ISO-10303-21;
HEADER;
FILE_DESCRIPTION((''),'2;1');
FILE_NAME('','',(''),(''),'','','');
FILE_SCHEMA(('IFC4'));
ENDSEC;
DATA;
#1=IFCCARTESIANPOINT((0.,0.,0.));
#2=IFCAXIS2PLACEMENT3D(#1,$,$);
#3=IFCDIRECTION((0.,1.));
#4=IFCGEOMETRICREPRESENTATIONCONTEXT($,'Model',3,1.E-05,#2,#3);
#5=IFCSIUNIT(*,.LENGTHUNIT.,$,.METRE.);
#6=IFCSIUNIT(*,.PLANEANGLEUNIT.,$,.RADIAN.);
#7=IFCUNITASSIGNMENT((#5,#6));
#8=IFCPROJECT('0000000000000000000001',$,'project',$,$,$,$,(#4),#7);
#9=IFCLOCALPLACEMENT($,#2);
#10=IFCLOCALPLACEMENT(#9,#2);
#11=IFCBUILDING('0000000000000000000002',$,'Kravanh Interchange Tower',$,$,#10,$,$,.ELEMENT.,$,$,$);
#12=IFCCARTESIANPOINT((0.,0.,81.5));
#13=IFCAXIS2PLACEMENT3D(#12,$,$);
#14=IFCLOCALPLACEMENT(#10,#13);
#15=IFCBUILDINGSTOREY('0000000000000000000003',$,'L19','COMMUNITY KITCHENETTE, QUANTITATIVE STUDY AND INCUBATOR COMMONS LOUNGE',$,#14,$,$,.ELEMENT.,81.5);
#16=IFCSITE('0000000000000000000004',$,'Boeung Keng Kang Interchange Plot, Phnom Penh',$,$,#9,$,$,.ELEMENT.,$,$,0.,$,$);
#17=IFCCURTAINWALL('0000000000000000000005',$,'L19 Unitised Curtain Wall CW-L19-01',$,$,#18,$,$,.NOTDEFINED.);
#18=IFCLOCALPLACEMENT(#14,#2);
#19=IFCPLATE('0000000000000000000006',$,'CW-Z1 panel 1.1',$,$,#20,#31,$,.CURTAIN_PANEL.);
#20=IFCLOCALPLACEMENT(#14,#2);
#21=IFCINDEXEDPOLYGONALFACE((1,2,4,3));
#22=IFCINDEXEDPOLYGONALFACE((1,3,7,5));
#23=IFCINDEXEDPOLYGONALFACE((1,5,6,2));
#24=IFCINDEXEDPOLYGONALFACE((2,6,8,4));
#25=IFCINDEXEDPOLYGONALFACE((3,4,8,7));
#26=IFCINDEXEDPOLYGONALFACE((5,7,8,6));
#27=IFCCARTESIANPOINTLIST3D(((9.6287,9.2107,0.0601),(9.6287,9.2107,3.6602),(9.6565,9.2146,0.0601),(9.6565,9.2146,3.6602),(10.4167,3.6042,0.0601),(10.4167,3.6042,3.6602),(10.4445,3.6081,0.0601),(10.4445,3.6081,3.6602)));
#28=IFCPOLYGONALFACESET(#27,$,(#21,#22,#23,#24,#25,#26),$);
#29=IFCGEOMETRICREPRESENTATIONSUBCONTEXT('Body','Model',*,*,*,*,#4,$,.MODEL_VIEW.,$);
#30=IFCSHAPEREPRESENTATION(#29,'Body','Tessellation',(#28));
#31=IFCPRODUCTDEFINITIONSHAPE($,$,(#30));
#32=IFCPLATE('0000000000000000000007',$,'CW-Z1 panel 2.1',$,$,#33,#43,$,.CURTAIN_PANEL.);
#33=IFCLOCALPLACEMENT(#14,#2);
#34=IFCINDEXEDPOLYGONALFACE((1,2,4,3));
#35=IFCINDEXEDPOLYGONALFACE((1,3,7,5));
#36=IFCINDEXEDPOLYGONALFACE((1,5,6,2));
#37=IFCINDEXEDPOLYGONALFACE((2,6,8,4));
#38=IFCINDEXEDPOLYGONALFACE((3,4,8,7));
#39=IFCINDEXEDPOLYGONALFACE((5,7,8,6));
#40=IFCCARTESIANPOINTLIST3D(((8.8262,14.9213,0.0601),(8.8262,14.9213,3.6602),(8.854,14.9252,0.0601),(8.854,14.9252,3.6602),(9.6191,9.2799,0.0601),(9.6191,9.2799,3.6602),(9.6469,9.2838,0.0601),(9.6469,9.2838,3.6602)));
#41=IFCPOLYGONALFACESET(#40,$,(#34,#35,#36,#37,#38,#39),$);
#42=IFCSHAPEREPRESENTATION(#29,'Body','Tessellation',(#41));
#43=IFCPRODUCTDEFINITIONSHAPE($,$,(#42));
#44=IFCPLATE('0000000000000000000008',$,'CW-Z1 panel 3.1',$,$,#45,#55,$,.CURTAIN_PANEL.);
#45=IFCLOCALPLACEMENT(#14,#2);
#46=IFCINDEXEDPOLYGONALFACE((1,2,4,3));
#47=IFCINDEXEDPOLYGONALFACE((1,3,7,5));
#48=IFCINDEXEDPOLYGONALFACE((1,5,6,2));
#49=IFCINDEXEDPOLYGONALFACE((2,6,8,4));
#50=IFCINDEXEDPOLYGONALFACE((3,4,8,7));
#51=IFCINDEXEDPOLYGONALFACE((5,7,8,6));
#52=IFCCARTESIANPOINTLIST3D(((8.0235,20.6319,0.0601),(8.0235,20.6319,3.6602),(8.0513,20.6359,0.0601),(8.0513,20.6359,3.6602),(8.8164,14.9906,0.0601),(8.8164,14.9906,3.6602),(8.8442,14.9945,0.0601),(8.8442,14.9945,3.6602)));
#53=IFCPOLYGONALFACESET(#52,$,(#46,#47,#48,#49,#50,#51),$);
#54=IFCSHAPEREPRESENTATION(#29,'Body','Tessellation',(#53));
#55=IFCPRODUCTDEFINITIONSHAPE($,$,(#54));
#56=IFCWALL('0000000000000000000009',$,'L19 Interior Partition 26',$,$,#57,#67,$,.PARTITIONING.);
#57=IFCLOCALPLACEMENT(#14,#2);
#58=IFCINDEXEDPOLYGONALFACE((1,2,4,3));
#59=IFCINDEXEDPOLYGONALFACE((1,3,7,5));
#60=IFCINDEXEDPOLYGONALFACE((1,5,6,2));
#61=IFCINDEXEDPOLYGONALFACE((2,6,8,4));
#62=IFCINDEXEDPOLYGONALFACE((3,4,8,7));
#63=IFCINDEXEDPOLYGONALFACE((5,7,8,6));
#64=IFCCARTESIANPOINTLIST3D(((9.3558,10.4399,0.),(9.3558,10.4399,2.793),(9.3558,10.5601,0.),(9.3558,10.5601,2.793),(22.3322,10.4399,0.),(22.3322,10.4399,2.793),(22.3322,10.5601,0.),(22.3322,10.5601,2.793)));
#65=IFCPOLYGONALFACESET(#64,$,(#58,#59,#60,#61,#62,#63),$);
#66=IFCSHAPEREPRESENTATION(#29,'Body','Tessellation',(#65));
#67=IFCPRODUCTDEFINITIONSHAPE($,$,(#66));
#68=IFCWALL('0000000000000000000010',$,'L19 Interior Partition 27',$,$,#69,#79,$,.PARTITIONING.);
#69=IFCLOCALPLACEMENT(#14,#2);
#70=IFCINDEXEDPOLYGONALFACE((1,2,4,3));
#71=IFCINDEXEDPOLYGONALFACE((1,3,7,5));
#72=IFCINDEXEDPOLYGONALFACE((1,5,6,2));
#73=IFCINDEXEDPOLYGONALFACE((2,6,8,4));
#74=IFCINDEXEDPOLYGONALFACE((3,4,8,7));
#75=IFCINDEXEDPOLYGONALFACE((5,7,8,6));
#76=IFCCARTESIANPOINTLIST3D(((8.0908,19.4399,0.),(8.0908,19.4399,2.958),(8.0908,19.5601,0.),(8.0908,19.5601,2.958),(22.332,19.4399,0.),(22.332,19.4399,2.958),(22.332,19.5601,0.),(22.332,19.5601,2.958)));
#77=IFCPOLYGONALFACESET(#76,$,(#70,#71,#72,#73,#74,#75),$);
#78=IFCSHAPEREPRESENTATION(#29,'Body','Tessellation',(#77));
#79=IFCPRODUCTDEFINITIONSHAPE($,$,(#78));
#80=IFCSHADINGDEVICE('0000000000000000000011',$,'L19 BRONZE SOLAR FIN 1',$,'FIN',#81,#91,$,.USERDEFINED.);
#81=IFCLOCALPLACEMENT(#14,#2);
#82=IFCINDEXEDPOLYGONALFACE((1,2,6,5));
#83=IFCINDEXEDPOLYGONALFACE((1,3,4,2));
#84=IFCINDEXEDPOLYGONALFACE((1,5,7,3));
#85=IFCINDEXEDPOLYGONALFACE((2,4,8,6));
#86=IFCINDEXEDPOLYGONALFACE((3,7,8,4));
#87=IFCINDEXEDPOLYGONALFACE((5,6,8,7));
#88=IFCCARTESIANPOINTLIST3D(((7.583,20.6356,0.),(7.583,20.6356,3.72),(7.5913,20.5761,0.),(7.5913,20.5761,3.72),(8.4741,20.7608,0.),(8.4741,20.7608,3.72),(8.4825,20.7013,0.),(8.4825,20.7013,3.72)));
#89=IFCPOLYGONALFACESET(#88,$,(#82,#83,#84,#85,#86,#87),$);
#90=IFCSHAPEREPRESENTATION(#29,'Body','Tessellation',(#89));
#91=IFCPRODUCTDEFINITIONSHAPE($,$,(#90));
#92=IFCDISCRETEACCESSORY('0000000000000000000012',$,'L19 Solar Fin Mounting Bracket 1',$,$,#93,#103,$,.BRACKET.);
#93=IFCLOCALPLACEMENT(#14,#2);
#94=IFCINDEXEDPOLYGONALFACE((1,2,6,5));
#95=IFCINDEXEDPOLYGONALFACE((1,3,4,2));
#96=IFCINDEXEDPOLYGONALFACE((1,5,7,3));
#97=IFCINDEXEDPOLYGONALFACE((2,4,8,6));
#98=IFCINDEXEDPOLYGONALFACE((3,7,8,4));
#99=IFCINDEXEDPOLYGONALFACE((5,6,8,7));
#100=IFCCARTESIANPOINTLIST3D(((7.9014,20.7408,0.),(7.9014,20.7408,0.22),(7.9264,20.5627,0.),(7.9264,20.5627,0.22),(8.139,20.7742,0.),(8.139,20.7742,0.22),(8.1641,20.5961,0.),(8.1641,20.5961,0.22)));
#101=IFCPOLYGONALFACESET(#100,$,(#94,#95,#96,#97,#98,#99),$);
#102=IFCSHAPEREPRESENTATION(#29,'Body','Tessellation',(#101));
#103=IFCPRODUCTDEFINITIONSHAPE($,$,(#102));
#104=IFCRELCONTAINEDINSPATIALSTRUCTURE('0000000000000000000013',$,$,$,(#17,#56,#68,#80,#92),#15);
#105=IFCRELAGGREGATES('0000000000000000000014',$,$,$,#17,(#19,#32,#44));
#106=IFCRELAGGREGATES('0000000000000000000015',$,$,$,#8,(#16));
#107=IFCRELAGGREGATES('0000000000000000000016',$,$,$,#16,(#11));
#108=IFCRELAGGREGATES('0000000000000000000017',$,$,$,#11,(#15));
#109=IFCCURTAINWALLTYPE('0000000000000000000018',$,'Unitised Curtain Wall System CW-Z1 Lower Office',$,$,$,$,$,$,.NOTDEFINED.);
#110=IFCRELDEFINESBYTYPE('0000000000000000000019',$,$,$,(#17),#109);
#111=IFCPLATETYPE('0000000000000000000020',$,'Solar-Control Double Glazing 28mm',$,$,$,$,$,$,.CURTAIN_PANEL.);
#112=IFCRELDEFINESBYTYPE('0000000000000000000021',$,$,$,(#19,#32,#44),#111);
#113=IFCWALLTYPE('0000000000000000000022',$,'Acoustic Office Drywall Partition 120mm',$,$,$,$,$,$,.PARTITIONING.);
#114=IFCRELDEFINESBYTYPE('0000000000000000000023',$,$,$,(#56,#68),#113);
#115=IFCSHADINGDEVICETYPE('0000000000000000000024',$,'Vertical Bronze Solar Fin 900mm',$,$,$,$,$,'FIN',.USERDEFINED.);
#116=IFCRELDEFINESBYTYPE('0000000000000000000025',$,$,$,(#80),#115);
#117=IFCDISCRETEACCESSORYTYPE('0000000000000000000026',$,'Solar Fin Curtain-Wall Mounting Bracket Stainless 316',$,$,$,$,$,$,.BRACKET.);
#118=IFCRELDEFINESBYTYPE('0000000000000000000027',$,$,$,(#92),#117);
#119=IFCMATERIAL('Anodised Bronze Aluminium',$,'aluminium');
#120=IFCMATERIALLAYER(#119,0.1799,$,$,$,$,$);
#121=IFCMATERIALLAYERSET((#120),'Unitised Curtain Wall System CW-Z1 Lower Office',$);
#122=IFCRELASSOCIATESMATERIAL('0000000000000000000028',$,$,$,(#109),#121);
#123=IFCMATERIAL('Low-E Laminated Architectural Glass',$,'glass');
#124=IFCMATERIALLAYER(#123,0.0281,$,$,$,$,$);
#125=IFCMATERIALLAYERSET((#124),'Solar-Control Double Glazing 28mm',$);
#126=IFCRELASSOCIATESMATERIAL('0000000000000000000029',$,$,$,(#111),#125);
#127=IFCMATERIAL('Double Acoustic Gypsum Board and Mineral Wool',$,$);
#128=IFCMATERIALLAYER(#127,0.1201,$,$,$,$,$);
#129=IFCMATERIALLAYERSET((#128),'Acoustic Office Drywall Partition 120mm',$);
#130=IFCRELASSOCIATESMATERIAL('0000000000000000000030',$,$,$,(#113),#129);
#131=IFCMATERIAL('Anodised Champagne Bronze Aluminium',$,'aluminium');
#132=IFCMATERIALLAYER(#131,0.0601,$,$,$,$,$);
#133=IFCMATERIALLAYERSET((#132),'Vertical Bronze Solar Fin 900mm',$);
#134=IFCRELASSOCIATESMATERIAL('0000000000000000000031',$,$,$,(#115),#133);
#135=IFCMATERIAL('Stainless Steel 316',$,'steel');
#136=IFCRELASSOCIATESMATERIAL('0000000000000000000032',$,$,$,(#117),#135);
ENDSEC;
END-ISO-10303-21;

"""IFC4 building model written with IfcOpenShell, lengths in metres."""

from ifc_helpers import new_model, si_unit, direction, frame, frame_2d, origin, origin_2d, place, context, subcontext, project, spatial, rectangle, extrude, material, layer, layer_set, type_object, element, aggregate, save


model = new_model("IFC4")

# Units and contexts
model_context = context("Model", 3, precision=1e-05, world=origin(), true_north=direction((0.0, 1.0)))
body_context = subcontext(model_context, "Body", "Model", "MODEL_VIEW")
ifc_project = project(units=[si_unit("LENGTHUNIT", "METRE"), si_unit("PLANEANGLEUNIT", "RADIAN")], contexts=[model_context])

# Site, building, storey
site_placement = place(None, origin())
site = spatial("IfcSite", under=ifc_project, at=site_placement, Name="Boeung Keng Kang Interchange Plot, Phnom Penh", CompositionType="ELEMENT", RefElevation=0.0)
building_placement = place(site_placement, origin())
building = spatial("IfcBuilding", under=site, at=building_placement, Name="Kravanh Interchange Tower", CompositionType="ELEMENT")
storey_placement = place(building_placement, frame((0.0, 0.0, 81.5)))
storey = spatial("IfcBuildingStorey", under=building, at=storey_placement, Name="L19", Description="COMMUNITY KITCHENETTE, QUANTITATIVE STUDY AND INCUBATOR COMMONS LOUNGE", CompositionType="ELEMENT", Elevation=81.5)

# Curtain wall
ifc_material_1 = material(Name="Anodised Bronze Aluminium", Category="aluminium")
ifc_layer_1 = layer(ifc_material_1, 0.1799)
ifc_layer_set_1 = layer_set([ifc_layer_1], Name="Unitised Curtain Wall System CW-Z1 Lower Office")
curtain_wall_type = type_object("IfcCurtainWallType", Name="Unitised Curtain Wall System CW-Z1 Lower Office", PredefinedType="NOTDEFINED", material=ifc_layer_set_1)
curtain_wall_placement = place(storey_placement, origin())
curtain_wall = element("IfcCurtainWall", 1, at=curtain_wall_placement, inside=storey, type_object=curtain_wall_type, Name="L19 Unitised Curtain Wall CW-L19-01", PredefinedType="NOTDEFINED")

# Plates
ifc_material_2 = material(Name="Low-E Laminated Architectural Glass", Category="glass")
ifc_layer_2 = layer(ifc_material_2, 0.0281)
ifc_layer_set_2 = layer_set([ifc_layer_2], Name="Solar-Control Double Glazing 28mm")
plate_type = type_object("IfcPlateType", Name="Solar-Control Double Glazing 28mm", PredefinedType="CURTAIN_PANEL", material=ifc_layer_set_2)
plate_1_placement = place(storey_placement, frame((10.0366, 6.4094, 0.0601), z_axis=(0.0, 0.0, 1.0), x_axis=(-0.139177, 0.990268, 0.0)))
plate_1 = element("IfcPlate", 2, at=plate_1_placement, type_object=plate_type, Name="CW-Z1 panel 1.1", PredefinedType="CURTAIN_PANEL", context=body_context, shape_type="SweptSolid", body=[
    extrude(rectangle(XDim=5.6616, YDim=0.0281, at=origin_2d()), origin(), (0.0, 0.0, 1.0), 3.6001),
])
plate_2_placement = place(storey_placement, frame((9.2366, 12.1025, 0.0601), z_axis=(0.0, 0.0, 1.0), x_axis=(-0.139177, 0.990268, 0.0)))
plate_2 = element("IfcPlate", 3, at=plate_2_placement, type_object=plate_type, Name="CW-Z1 panel 2.1", PredefinedType="CURTAIN_PANEL", context=body_context, shape_type="SweptSolid", body=[
    extrude(rectangle(XDim=5.6968, YDim=0.0281, at=origin_2d()), origin(), (0.0, 0.0, 1.0), 3.6001),
])
plate_3_placement = place(storey_placement, frame((8.4338, 17.8132, 0.0601), z_axis=(0.0, 0.0, 1.0), x_axis=(-0.139177, 0.990268, 0.0)))
plate_3 = element("IfcPlate", 4, at=plate_3_placement, type_object=plate_type, Name="CW-Z1 panel 3.1", PredefinedType="CURTAIN_PANEL", context=body_context, shape_type="SweptSolid", body=[
    extrude(rectangle(XDim=5.6968, YDim=0.0281, at=origin_2d()), origin(), (0.0, 0.0, 1.0), 3.6001),
])
aggregate(curtain_wall, [plate_1, plate_2, plate_3])

# Walls
ifc_material_3 = material(Name="Double Acoustic Gypsum Board and Mineral Wool")
ifc_layer_3 = layer(ifc_material_3, 0.1201)
ifc_layer_set_3 = layer_set([ifc_layer_3], Name="Acoustic Office Drywall Partition 120mm")
wall_type = type_object("IfcWallType", Name="Acoustic Office Drywall Partition 120mm", PredefinedType="PARTITIONING", material=ifc_layer_set_3)
wall_1_placement = place(storey_placement, frame((9.3557, 10.5, 0.0), z_axis=(0.0, 0.0, 1.0), x_axis=(1.0, 0.0, 0.0)))
element("IfcWall", 5, at=wall_1_placement, inside=storey, type_object=wall_type, Name="L19 Interior Partition 26", PredefinedType="PARTITIONING", context=body_context, shape_type="SweptSolid", body=[
    extrude(rectangle(XDim=12.9763, YDim=0.1201, at=frame_2d((6.4883, 0.0))), origin(), (0.0, 0.0, 1.0), 2.793),
])
wall_2_placement = place(storey_placement, frame((8.0908, 19.5, 0.0), z_axis=(0.0, 0.0, 1.0), x_axis=(1.0, 0.0, 0.0)))
element("IfcWall", 6, at=wall_2_placement, inside=storey, type_object=wall_type, Name="L19 Interior Partition 27", PredefinedType="PARTITIONING", context=body_context, shape_type="SweptSolid", body=[
    extrude(rectangle(XDim=14.2412, YDim=0.1201, at=frame_2d((7.1206, 0.0))), origin(), (0.0, 0.0, 1.0), 2.958),
])

# Shading device
ifc_material_4 = material(Name="Anodised Champagne Bronze Aluminium", Category="aluminium")
ifc_layer_4 = layer(ifc_material_4, 0.0601)
ifc_layer_set_4 = layer_set([ifc_layer_4], Name="Vertical Bronze Solar Fin 900mm")
shading_device_type = type_object("IfcShadingDeviceType", Name="Vertical Bronze Solar Fin 900mm", ElementType="FIN", PredefinedType="USERDEFINED", material=ifc_layer_set_4)
shading_device_placement = place(storey_placement, frame((8.0327, 20.6685, 0.0), z_axis=(0.0, 0.0, 1.0), x_axis=(-0.990268, -0.139175, 0.0)))
element("IfcShadingDevice", 7, at=shading_device_placement, inside=storey, type_object=shading_device_type, Name="L19 BRONZE SOLAR FIN 1", ObjectType="FIN", PredefinedType="USERDEFINED", context=body_context, shape_type="SweptSolid", body=[
    extrude(rectangle(XDim=0.8999, YDim=0.0601, at=origin_2d()), origin(), (0.0, 0.0, 1.0), 3.72),
])

# Discrete accessory
ifc_material_5 = material(Name="Stainless Steel 316", Category="steel")
discrete_accessory_type = type_object("IfcDiscreteAccessoryType", Name="Solar Fin Curtain-Wall Mounting Bracket Stainless 316", PredefinedType="BRACKET", material=ifc_material_5)
discrete_accessory_placement = place(storey_placement, frame((8.0327, 20.6685, 0.0), z_axis=(0.0, 0.0, 1.0), x_axis=(-0.990268, -0.139175, 0.0)))
element("IfcDiscreteAccessory", 8, at=discrete_accessory_placement, inside=storey, type_object=discrete_accessory_type, Name="L19 Solar Fin Mounting Bracket 1", PredefinedType="BRACKET", context=body_context, shape_type="SweptSolid", body=[
    extrude(rectangle(XDim=0.24, YDim=0.1799, at=origin_2d()), origin(), (0.0, 0.0, 1.0), 0.22),
])

save(model, "model.ifc")
